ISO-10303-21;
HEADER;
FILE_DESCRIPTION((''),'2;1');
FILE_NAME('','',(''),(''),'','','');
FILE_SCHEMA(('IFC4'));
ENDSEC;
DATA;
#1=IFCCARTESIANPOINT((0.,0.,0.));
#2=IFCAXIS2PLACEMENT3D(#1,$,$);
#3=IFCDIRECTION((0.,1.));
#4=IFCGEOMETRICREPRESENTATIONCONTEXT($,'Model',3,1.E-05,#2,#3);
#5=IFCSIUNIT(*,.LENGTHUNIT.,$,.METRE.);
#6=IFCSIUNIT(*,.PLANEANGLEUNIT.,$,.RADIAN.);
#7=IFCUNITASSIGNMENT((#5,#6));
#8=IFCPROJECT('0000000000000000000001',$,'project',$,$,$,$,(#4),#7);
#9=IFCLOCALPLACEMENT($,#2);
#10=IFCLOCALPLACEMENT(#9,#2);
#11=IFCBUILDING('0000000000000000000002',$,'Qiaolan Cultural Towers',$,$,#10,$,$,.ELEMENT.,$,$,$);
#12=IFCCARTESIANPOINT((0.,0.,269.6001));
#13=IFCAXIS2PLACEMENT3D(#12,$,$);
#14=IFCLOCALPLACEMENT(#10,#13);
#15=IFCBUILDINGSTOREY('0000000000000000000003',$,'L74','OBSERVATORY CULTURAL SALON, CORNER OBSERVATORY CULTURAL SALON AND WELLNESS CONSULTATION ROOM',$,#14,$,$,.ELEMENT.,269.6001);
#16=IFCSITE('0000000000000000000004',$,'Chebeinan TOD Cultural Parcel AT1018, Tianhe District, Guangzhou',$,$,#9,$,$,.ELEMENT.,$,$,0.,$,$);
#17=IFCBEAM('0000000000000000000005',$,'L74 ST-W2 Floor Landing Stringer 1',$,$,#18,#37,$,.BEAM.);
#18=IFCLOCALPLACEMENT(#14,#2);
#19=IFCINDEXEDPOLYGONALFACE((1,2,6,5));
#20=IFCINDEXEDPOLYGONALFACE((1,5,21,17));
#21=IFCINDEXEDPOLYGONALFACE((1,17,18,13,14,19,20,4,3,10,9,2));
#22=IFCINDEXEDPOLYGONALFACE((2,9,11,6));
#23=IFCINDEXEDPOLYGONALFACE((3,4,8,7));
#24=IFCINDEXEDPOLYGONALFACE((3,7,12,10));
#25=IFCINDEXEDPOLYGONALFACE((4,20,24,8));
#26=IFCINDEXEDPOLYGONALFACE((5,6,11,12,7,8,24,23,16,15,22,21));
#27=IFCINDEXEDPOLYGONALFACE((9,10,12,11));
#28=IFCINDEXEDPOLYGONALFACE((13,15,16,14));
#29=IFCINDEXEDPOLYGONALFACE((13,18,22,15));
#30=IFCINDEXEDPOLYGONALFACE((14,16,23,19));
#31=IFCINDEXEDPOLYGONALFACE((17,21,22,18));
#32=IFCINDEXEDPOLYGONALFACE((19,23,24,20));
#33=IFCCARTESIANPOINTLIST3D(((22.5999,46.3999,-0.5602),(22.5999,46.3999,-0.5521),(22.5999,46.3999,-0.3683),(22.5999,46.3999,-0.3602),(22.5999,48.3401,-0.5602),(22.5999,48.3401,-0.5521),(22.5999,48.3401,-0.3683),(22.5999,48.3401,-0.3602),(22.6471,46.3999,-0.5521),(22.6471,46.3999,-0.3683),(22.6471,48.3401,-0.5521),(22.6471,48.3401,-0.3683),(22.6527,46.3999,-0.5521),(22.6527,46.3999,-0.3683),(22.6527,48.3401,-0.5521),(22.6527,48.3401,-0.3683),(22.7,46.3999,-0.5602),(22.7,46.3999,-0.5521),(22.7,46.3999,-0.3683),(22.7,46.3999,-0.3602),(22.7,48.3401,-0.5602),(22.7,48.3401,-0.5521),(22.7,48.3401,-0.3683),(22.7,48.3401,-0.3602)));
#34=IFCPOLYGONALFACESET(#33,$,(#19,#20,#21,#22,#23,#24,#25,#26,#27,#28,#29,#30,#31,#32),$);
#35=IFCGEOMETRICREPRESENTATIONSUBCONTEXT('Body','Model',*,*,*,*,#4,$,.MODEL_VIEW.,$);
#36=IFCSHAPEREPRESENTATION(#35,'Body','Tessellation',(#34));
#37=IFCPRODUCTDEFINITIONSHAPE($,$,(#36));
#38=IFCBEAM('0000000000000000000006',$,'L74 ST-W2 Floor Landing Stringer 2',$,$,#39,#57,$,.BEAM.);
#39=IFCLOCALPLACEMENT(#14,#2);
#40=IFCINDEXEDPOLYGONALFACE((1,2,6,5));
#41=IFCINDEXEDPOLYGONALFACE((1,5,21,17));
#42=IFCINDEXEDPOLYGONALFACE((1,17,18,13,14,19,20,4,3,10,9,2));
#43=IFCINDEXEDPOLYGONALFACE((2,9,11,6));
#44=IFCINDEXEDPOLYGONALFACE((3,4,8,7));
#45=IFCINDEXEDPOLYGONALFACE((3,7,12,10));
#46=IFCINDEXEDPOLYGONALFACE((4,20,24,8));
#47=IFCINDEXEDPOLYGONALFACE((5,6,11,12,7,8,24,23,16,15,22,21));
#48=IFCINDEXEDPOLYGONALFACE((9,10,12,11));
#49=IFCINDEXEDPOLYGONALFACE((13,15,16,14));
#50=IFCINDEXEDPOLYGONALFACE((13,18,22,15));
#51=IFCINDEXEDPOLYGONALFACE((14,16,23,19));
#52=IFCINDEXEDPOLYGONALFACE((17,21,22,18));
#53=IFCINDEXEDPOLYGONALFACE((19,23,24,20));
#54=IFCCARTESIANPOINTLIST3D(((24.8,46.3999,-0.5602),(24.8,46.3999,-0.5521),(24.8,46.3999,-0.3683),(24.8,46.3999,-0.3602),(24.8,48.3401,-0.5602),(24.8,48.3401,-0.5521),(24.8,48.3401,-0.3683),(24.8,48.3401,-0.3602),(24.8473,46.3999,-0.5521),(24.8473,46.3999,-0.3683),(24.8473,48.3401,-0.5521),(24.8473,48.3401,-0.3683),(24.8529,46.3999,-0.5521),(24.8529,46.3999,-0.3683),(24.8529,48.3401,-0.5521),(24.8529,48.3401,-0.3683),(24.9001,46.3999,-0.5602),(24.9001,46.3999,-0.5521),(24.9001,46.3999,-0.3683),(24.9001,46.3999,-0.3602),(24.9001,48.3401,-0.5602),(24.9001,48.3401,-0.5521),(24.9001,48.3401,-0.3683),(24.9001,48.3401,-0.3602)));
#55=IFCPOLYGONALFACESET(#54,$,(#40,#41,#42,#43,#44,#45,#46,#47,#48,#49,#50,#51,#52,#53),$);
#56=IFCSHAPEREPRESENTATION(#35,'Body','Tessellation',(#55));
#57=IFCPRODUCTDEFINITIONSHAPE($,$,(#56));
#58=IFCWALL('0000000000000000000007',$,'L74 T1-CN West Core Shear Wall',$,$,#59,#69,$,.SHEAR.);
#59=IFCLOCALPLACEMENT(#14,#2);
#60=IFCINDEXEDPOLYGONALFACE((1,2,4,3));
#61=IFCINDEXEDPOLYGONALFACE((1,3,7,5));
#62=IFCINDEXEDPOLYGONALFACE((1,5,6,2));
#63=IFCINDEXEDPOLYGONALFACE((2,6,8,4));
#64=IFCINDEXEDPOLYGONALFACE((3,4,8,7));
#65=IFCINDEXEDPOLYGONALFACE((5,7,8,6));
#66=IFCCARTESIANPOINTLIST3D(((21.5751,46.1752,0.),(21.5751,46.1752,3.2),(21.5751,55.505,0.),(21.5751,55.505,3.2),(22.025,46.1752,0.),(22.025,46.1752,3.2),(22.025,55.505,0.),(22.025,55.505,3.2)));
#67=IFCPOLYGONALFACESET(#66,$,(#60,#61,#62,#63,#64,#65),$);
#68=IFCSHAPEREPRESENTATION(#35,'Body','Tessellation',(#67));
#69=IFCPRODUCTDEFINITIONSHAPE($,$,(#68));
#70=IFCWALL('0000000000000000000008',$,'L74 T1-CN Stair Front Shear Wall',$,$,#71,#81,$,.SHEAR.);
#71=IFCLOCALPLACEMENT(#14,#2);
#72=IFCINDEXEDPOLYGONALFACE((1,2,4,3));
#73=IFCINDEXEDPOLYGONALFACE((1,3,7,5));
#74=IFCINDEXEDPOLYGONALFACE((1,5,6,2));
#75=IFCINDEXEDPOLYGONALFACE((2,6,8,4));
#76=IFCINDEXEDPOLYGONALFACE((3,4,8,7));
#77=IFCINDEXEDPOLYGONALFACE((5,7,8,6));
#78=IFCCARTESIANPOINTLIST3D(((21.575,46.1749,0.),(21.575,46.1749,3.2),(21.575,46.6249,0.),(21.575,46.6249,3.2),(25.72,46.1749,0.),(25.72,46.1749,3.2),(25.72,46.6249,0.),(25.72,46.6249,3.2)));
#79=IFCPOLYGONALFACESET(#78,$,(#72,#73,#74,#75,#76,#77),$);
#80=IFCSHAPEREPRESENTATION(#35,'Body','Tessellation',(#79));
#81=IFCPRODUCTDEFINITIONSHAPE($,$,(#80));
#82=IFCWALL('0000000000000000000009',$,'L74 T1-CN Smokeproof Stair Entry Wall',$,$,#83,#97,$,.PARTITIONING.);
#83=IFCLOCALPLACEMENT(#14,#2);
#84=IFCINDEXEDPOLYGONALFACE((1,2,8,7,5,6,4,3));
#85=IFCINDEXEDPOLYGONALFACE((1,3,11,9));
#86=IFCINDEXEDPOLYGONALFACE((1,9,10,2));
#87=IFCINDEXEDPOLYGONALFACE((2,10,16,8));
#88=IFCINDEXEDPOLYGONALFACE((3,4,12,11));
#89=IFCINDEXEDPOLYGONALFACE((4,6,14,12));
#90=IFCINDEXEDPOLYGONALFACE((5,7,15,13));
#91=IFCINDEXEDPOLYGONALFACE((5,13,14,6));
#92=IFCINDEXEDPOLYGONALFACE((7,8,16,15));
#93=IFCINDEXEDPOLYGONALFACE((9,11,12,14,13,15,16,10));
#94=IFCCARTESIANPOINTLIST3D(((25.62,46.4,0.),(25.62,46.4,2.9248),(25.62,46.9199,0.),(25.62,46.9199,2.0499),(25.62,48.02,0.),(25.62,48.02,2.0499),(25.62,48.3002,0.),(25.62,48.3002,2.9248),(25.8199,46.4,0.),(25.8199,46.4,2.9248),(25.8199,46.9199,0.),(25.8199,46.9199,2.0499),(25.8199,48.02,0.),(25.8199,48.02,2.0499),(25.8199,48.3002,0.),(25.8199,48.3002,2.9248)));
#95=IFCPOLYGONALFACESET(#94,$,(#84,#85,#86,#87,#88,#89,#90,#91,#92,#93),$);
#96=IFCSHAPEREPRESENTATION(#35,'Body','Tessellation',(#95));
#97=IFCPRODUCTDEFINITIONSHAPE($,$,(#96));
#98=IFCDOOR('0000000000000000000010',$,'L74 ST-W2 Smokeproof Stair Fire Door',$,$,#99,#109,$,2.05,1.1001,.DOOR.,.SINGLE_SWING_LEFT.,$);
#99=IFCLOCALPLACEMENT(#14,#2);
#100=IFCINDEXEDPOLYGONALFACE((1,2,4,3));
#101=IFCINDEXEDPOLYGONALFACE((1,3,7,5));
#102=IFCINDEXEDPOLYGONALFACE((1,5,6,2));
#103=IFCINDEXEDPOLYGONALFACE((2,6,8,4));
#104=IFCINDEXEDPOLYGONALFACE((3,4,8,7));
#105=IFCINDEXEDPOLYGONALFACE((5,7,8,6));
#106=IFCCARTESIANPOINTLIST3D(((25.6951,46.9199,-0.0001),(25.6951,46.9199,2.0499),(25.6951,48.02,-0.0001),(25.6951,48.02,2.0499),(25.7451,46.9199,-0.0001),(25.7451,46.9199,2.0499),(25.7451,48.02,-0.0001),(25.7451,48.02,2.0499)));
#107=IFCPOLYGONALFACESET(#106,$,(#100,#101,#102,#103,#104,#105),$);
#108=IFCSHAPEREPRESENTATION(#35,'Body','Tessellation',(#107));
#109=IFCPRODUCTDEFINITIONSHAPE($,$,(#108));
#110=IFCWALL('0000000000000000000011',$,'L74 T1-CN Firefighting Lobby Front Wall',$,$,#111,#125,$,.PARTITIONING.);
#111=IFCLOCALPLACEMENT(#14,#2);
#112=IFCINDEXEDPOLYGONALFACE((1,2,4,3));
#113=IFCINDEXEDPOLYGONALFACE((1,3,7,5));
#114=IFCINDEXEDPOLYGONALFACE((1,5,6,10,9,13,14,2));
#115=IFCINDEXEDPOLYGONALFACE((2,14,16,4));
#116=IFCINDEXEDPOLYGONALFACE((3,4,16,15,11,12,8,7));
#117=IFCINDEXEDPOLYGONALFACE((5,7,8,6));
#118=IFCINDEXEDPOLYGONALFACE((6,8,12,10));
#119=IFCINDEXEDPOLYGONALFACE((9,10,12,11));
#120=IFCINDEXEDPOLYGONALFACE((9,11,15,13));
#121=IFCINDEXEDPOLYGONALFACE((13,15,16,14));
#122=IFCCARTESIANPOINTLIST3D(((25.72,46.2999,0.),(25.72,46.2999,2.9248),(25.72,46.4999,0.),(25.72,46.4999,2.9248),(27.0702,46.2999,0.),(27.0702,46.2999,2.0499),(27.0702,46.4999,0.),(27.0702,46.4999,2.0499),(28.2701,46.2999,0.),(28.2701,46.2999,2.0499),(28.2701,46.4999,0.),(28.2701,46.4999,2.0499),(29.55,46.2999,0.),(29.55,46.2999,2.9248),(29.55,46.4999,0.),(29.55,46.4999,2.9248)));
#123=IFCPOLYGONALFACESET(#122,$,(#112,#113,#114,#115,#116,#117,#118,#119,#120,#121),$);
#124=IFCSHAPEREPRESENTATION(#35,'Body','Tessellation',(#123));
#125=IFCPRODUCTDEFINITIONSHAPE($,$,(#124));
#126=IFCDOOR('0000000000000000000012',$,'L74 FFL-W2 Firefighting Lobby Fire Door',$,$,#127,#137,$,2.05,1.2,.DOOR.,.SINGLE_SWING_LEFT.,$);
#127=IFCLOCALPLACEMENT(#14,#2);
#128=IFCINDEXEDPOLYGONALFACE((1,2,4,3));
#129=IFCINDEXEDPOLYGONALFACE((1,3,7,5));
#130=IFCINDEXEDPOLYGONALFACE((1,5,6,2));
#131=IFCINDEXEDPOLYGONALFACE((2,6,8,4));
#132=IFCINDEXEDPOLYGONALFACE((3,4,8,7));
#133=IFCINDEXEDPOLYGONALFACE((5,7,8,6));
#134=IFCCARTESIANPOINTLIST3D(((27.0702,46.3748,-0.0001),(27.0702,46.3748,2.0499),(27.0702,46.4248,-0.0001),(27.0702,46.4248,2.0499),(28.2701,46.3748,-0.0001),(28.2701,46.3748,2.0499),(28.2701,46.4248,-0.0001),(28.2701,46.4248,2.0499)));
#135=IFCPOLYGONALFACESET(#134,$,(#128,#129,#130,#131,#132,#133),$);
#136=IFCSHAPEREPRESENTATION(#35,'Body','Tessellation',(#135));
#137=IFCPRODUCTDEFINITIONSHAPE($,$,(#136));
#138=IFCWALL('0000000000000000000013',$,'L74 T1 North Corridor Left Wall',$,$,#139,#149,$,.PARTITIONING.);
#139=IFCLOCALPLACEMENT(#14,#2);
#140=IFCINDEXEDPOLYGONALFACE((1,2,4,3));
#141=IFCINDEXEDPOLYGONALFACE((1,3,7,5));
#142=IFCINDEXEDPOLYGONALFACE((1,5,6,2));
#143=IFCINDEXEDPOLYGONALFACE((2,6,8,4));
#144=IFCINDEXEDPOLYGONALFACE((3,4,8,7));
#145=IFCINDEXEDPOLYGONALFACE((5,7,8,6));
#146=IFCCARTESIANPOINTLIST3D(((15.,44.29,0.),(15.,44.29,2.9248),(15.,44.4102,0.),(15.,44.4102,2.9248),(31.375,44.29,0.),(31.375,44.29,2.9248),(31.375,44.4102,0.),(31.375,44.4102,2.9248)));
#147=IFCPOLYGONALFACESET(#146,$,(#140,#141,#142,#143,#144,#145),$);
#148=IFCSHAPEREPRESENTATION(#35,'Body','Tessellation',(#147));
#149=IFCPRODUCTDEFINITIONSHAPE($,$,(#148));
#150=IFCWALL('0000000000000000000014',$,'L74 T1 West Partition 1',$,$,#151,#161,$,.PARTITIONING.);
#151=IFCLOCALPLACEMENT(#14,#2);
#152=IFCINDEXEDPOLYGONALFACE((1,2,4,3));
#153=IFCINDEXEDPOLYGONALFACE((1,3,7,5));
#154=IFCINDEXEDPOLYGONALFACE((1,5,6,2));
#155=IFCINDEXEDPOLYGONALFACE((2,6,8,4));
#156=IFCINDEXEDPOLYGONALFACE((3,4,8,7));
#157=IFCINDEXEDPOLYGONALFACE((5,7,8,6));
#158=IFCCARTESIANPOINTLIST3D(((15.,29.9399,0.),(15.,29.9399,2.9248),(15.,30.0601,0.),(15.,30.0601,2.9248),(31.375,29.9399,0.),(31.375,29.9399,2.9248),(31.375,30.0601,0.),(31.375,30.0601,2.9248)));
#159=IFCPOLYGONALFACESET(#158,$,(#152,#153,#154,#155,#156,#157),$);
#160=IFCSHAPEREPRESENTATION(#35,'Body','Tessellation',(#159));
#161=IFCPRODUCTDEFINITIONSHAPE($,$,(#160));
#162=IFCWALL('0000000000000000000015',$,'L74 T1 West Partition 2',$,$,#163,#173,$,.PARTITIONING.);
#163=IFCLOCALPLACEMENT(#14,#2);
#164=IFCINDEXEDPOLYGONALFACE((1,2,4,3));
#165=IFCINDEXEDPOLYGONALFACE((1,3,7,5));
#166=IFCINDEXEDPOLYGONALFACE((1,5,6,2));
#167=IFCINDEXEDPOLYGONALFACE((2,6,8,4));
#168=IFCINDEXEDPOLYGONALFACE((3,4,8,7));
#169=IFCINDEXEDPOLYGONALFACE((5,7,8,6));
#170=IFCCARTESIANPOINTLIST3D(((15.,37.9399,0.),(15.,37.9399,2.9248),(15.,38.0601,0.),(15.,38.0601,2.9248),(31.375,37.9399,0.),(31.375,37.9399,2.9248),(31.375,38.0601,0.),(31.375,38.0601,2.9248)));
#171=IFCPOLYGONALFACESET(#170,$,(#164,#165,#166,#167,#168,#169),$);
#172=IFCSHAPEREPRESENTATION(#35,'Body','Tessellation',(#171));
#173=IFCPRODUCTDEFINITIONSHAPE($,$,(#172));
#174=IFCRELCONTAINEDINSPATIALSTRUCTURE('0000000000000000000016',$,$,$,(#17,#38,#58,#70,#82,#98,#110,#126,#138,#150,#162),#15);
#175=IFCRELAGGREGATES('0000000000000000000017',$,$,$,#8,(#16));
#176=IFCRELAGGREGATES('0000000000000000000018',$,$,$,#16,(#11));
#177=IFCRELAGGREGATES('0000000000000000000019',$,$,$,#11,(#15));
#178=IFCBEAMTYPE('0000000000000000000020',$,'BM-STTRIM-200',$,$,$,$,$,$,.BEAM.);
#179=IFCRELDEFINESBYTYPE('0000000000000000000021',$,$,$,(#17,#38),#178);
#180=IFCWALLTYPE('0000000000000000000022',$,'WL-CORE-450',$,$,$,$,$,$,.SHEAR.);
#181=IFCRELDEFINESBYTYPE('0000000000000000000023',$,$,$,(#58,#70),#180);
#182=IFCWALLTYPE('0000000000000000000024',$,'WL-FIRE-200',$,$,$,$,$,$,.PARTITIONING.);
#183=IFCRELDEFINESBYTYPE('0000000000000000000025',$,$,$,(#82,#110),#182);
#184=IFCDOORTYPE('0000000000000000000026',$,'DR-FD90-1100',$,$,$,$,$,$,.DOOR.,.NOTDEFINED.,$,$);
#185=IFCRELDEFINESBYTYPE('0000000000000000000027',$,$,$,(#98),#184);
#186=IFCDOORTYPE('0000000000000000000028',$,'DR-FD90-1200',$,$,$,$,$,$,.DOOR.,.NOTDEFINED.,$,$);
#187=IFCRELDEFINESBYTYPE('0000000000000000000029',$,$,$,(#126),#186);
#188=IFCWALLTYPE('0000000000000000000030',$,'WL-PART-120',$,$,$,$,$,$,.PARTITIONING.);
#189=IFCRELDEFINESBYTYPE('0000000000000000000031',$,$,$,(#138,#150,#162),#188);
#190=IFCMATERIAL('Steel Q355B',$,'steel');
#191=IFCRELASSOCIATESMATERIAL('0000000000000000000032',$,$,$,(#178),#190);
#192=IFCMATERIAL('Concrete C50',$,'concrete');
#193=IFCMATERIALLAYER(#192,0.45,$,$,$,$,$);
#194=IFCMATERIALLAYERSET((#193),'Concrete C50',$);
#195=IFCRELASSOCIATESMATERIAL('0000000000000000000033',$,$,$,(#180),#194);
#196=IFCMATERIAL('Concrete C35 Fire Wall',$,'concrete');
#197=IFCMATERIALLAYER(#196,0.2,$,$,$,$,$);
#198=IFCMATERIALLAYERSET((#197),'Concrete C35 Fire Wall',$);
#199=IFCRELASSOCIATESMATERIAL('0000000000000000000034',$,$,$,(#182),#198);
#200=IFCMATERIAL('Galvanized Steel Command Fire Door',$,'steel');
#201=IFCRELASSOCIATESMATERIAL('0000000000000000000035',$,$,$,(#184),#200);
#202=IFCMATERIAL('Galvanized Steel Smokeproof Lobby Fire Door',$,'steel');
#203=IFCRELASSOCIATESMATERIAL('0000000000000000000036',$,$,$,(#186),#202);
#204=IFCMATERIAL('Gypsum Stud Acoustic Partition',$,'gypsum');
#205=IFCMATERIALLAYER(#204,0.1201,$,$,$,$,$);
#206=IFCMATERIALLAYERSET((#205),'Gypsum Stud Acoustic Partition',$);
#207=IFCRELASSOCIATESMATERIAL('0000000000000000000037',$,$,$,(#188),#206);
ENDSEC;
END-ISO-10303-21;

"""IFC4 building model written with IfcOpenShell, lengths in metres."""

from ifc_helpers import new_model, si_unit, direction, frame, frame_2d, origin, origin_2d, place, context, subcontext, project, spatial, rectangle, i_section, extrude, material, layer, layer_set, material_profile, profile_set, type_object, element, fill, save


model = new_model("IFC4")

# Units and contexts
model_context = context("Model", 3, precision=1e-05, world=origin(), true_north=direction((0.0, 1.0)))
body_context = subcontext(model_context, "Body", "Model", "MODEL_VIEW")
ifc_project = project(units=[si_unit("LENGTHUNIT", "METRE"), si_unit("PLANEANGLEUNIT", "RADIAN")], contexts=[model_context])

# Site, building, storey
site_placement = place(None, origin())
site = spatial("IfcSite", under=ifc_project, at=site_placement, Name="Chebeinan TOD Cultural Parcel AT1018, Tianhe District, Guangzhou", CompositionType="ELEMENT", RefElevation=0.0)
building_placement = place(site_placement, origin())
building = spatial("IfcBuilding", under=site, at=building_placement, Name="Qiaolan Cultural Towers", CompositionType="ELEMENT")
storey_placement = place(building_placement, frame((0.0, 0.0, 269.6001)))
storey = spatial("IfcBuildingStorey", under=building, at=storey_placement, Name="L74", Description="OBSERVATORY CULTURAL SALON, CORNER OBSERVATORY CULTURAL SALON AND WELLNESS CONSULTATION ROOM", CompositionType="ELEMENT", Elevation=269.6001)

# Beams
ifc_material_1 = material(Name="Steel Q355B", Category="steel")
ifc_material_profile_1 = material_profile(ifc_material_1, i_section(OverallWidth=0.1001, OverallDepth=0.2, WebThickness=0.0056, FlangeThickness=0.0081, at=origin_2d()), Name="HN200x100x5.5x8")
ifc_profile_set_1 = profile_set([ifc_material_profile_1], Name="Steel Q355B")
beam_type_1 = type_object("IfcBeamType", Name="BM-STTRIM-200", PredefinedType="BEAM", material=ifc_profile_set_1)
for number, where, z_axis, x_axis, name in (
    (1, (22.6499, 46.3999, -0.4602), (0.0, 1.0, 0.0), (-1.0, 0.0, 0.0), "L74 ST-W2 Floor Landing Stringer 1"),
    (2, (24.8501, 46.3999, -0.4602), (0.0, 1.0, 0.0), (-1.0, 0.0, 0.0), "L74 ST-W2 Floor Landing Stringer 2"),
):
    element("IfcBeam", number, at=place(storey_placement, frame(where, z_axis=z_axis, x_axis=x_axis)), inside=storey, type_object=beam_type_1, Name=name, PredefinedType="BEAM", context=body_context, shape_type="SweptSolid", body=[
        extrude(i_section(OverallWidth=0.1001, OverallDepth=0.2, WebThickness=0.0056, FlangeThickness=0.0081, at=origin_2d()), origin(), (0.0, 0.0, 1.0), 1.9402),
    ])

# Walls
ifc_material_2 = material(Name="Concrete C50", Category="concrete")
ifc_layer_1 = layer(ifc_material_2, 0.45)
ifc_layer_set_1 = layer_set([ifc_layer_1], Name="Concrete C50")
wall_type_1 = type_object("IfcWallType", Name="WL-CORE-450", PredefinedType="SHEAR", material=ifc_layer_set_1)
wall_1_placement = place(storey_placement, frame((21.8, 46.175, 0.0), z_axis=(0.0, 0.0, 1.0), x_axis=(0.0, 1.0, 0.0)))
element("IfcWall", 3, at=wall_1_placement, inside=storey, type_object=wall_type_1, Name="L74 T1-CN West Core Shear Wall", PredefinedType="SHEAR", context=body_context, shape_type="SweptSolid", body=[
    extrude(rectangle(XDim=9.3298, YDim=0.45, at=frame_2d((4.665, 0.0))), origin(), (0.0, 0.0, 1.0), 3.2),
])
wall_2_placement = place(storey_placement, frame((21.575, 46.3999, 0.0), z_axis=(0.0, 0.0, 1.0), x_axis=(1.0, 0.0, 0.0)))
element("IfcWall", 4, at=wall_2_placement, inside=storey, type_object=wall_type_1, Name="L74 T1-CN Stair Front Shear Wall", PredefinedType="SHEAR", context=body_context, shape_type="SweptSolid", body=[
    extrude(rectangle(XDim=4.145, YDim=0.45, at=frame_2d((2.0725, 0.0))), origin(), (0.0, 0.0, 1.0), 3.2),
])

# Walls, openings, doors
ifc_material_3 = material(Name="Concrete C35 Fire Wall", Category="concrete")
ifc_layer_2 = layer(ifc_material_3, 0.2)
ifc_layer_set_2 = layer_set([ifc_layer_2], Name="Concrete C35 Fire Wall")
wall_type_2 = type_object("IfcWallType", Name="WL-FIRE-200", PredefinedType="PARTITIONING", material=ifc_layer_set_2)
wall_3_placement = place(storey_placement, frame((25.72, 46.3999, 0.0), z_axis=(0.0, 0.0, 1.0), x_axis=(0.0, 1.0, 0.0)))
wall_3 = element("IfcWall", 5, at=wall_3_placement, inside=storey, type_object=wall_type_2, Name="L74 T1-CN Smokeproof Stair Entry Wall", PredefinedType="PARTITIONING", context=body_context, shape_type="SweptSolid", body=[
    extrude(rectangle(XDim=1.9001, YDim=0.2, at=frame_2d((0.9502, 0.0))), origin(), (0.0, 0.0, 1.0), 2.9248),
])
opening_1_placement = place(wall_3_placement, frame((0.52, 0.0, 0.0)))
opening_1 = element("IfcOpeningElement", 6, at=opening_1_placement, cuts=wall_3, PredefinedType="OPENING", context=body_context, shape_type="SweptSolid", body=[
    extrude(rectangle(XDim=1.1001, YDim=2.05, at=frame_2d((0.55, 1.0249))), frame((0.0, 0.1099, 0.0), z_axis=(0.0, -1.0, 0.0), x_axis=(1.0, 0.0, 0.0)), (0.0, 0.0, 1.0), 0.22),
])
ifc_material_4 = material(Name="Galvanized Steel Command Fire Door", Category="steel")
door_type_1 = type_object("IfcDoorType", Name="DR-FD90-1100", OperationType="NOTDEFINED", PredefinedType="DOOR", material=ifc_material_4)
door_1_placement = place(opening_1_placement, origin())
door_1 = element("IfcDoor", 7, at=door_1_placement, inside=storey, type_object=door_type_1, Name="L74 ST-W2 Smokeproof Stair Fire Door", OperationType="SINGLE_SWING_LEFT", OverallHeight=2.05, OverallWidth=1.1001, PredefinedType="DOOR", context=body_context, shape_type="SweptSolid", body=[
    extrude(rectangle(XDim=1.1001, YDim=2.05, at=frame_2d((0.55, 1.0249))), frame((0.0, 0.0249, 0.0), z_axis=(0.0, -1.0, 0.0), x_axis=(1.0, 0.0, 0.0)), (0.0, 0.0, 1.0), 0.05),
])
fill(opening_1, door_1)
wall_4_placement = place(storey_placement, frame((25.72, 46.3999, 0.0), z_axis=(0.0, 0.0, 1.0), x_axis=(1.0, 0.0, 0.0)))
wall_4 = element("IfcWall", 8, at=wall_4_placement, inside=storey, type_object=wall_type_2, Name="L74 T1-CN Firefighting Lobby Front Wall", PredefinedType="PARTITIONING", context=body_context, shape_type="SweptSolid", body=[
    extrude(rectangle(XDim=3.8301, YDim=0.2, at=frame_2d((1.915, 0.0))), origin(), (0.0, 0.0, 1.0), 2.9248),
])
opening_2_placement = place(wall_4_placement, frame((1.3501, 0.0, 0.0)))
opening_2 = element("IfcOpeningElement", 9, at=opening_2_placement, cuts=wall_4, PredefinedType="OPENING", context=body_context, shape_type="SweptSolid", body=[
    extrude(rectangle(XDim=1.2, YDim=2.05, at=frame_2d((0.6001, 1.0249))), frame((0.0, 0.1099, 0.0), z_axis=(0.0, -1.0, 0.0), x_axis=(1.0, 0.0, 0.0)), (0.0, 0.0, 1.0), 0.22),
])
ifc_material_5 = material(Name="Galvanized Steel Smokeproof Lobby Fire Door", Category="steel")
door_type_2 = type_object("IfcDoorType", Name="DR-FD90-1200", OperationType="NOTDEFINED", PredefinedType="DOOR", material=ifc_material_5)
door_2_placement = place(opening_2_placement, origin())
door_2 = element("IfcDoor", 10, at=door_2_placement, inside=storey, type_object=door_type_2, Name="L74 FFL-W2 Firefighting Lobby Fire Door", OperationType="SINGLE_SWING_LEFT", OverallHeight=2.05, OverallWidth=1.2, PredefinedType="DOOR", context=body_context, shape_type="SweptSolid", body=[
    extrude(rectangle(XDim=1.2, YDim=2.05, at=frame_2d((0.6001, 1.0249))), frame((0.0, 0.0249, 0.0), z_axis=(0.0, -1.0, 0.0), x_axis=(1.0, 0.0, 0.0)), (0.0, 0.0, 1.0), 0.05),
])
fill(opening_2, door_2)

# Walls
ifc_material_6 = material(Name="Gypsum Stud Acoustic Partition", Category="gypsum")
ifc_layer_3 = layer(ifc_material_6, 0.1201)
ifc_layer_set_3 = layer_set([ifc_layer_3], Name="Gypsum Stud Acoustic Partition")
wall_type_3 = type_object("IfcWallType", Name="WL-PART-120", PredefinedType="PARTITIONING", material=ifc_layer_set_3)
for number, where, z_axis, x_axis, name in (
    (11, (15.0, 44.3501, 0.0), (0.0, 0.0, 1.0), (1.0, 0.0, 0.0), "L74 T1 North Corridor Left Wall"),
    (12, (15.0, 30.0, 0.0), (0.0, 0.0, 1.0), (1.0, 0.0, 0.0), "L74 T1 West Partition 1"),
    (13, (15.0, 38.0, 0.0), (0.0, 0.0, 1.0), (1.0, 0.0, 0.0), "L74 T1 West Partition 2"),
):
    element("IfcWall", number, at=place(storey_placement, frame(where, z_axis=z_axis, x_axis=x_axis)), inside=storey, type_object=wall_type_3, Name=name, PredefinedType="PARTITIONING", context=body_context, shape_type="SweptSolid", body=[
        extrude(rectangle(XDim=16.375, YDim=0.1201, at=frame_2d((8.1875, 0.0))), origin(), (0.0, 0.0, 1.0), 2.9248),
    ])

save(model, "model.ifc")
